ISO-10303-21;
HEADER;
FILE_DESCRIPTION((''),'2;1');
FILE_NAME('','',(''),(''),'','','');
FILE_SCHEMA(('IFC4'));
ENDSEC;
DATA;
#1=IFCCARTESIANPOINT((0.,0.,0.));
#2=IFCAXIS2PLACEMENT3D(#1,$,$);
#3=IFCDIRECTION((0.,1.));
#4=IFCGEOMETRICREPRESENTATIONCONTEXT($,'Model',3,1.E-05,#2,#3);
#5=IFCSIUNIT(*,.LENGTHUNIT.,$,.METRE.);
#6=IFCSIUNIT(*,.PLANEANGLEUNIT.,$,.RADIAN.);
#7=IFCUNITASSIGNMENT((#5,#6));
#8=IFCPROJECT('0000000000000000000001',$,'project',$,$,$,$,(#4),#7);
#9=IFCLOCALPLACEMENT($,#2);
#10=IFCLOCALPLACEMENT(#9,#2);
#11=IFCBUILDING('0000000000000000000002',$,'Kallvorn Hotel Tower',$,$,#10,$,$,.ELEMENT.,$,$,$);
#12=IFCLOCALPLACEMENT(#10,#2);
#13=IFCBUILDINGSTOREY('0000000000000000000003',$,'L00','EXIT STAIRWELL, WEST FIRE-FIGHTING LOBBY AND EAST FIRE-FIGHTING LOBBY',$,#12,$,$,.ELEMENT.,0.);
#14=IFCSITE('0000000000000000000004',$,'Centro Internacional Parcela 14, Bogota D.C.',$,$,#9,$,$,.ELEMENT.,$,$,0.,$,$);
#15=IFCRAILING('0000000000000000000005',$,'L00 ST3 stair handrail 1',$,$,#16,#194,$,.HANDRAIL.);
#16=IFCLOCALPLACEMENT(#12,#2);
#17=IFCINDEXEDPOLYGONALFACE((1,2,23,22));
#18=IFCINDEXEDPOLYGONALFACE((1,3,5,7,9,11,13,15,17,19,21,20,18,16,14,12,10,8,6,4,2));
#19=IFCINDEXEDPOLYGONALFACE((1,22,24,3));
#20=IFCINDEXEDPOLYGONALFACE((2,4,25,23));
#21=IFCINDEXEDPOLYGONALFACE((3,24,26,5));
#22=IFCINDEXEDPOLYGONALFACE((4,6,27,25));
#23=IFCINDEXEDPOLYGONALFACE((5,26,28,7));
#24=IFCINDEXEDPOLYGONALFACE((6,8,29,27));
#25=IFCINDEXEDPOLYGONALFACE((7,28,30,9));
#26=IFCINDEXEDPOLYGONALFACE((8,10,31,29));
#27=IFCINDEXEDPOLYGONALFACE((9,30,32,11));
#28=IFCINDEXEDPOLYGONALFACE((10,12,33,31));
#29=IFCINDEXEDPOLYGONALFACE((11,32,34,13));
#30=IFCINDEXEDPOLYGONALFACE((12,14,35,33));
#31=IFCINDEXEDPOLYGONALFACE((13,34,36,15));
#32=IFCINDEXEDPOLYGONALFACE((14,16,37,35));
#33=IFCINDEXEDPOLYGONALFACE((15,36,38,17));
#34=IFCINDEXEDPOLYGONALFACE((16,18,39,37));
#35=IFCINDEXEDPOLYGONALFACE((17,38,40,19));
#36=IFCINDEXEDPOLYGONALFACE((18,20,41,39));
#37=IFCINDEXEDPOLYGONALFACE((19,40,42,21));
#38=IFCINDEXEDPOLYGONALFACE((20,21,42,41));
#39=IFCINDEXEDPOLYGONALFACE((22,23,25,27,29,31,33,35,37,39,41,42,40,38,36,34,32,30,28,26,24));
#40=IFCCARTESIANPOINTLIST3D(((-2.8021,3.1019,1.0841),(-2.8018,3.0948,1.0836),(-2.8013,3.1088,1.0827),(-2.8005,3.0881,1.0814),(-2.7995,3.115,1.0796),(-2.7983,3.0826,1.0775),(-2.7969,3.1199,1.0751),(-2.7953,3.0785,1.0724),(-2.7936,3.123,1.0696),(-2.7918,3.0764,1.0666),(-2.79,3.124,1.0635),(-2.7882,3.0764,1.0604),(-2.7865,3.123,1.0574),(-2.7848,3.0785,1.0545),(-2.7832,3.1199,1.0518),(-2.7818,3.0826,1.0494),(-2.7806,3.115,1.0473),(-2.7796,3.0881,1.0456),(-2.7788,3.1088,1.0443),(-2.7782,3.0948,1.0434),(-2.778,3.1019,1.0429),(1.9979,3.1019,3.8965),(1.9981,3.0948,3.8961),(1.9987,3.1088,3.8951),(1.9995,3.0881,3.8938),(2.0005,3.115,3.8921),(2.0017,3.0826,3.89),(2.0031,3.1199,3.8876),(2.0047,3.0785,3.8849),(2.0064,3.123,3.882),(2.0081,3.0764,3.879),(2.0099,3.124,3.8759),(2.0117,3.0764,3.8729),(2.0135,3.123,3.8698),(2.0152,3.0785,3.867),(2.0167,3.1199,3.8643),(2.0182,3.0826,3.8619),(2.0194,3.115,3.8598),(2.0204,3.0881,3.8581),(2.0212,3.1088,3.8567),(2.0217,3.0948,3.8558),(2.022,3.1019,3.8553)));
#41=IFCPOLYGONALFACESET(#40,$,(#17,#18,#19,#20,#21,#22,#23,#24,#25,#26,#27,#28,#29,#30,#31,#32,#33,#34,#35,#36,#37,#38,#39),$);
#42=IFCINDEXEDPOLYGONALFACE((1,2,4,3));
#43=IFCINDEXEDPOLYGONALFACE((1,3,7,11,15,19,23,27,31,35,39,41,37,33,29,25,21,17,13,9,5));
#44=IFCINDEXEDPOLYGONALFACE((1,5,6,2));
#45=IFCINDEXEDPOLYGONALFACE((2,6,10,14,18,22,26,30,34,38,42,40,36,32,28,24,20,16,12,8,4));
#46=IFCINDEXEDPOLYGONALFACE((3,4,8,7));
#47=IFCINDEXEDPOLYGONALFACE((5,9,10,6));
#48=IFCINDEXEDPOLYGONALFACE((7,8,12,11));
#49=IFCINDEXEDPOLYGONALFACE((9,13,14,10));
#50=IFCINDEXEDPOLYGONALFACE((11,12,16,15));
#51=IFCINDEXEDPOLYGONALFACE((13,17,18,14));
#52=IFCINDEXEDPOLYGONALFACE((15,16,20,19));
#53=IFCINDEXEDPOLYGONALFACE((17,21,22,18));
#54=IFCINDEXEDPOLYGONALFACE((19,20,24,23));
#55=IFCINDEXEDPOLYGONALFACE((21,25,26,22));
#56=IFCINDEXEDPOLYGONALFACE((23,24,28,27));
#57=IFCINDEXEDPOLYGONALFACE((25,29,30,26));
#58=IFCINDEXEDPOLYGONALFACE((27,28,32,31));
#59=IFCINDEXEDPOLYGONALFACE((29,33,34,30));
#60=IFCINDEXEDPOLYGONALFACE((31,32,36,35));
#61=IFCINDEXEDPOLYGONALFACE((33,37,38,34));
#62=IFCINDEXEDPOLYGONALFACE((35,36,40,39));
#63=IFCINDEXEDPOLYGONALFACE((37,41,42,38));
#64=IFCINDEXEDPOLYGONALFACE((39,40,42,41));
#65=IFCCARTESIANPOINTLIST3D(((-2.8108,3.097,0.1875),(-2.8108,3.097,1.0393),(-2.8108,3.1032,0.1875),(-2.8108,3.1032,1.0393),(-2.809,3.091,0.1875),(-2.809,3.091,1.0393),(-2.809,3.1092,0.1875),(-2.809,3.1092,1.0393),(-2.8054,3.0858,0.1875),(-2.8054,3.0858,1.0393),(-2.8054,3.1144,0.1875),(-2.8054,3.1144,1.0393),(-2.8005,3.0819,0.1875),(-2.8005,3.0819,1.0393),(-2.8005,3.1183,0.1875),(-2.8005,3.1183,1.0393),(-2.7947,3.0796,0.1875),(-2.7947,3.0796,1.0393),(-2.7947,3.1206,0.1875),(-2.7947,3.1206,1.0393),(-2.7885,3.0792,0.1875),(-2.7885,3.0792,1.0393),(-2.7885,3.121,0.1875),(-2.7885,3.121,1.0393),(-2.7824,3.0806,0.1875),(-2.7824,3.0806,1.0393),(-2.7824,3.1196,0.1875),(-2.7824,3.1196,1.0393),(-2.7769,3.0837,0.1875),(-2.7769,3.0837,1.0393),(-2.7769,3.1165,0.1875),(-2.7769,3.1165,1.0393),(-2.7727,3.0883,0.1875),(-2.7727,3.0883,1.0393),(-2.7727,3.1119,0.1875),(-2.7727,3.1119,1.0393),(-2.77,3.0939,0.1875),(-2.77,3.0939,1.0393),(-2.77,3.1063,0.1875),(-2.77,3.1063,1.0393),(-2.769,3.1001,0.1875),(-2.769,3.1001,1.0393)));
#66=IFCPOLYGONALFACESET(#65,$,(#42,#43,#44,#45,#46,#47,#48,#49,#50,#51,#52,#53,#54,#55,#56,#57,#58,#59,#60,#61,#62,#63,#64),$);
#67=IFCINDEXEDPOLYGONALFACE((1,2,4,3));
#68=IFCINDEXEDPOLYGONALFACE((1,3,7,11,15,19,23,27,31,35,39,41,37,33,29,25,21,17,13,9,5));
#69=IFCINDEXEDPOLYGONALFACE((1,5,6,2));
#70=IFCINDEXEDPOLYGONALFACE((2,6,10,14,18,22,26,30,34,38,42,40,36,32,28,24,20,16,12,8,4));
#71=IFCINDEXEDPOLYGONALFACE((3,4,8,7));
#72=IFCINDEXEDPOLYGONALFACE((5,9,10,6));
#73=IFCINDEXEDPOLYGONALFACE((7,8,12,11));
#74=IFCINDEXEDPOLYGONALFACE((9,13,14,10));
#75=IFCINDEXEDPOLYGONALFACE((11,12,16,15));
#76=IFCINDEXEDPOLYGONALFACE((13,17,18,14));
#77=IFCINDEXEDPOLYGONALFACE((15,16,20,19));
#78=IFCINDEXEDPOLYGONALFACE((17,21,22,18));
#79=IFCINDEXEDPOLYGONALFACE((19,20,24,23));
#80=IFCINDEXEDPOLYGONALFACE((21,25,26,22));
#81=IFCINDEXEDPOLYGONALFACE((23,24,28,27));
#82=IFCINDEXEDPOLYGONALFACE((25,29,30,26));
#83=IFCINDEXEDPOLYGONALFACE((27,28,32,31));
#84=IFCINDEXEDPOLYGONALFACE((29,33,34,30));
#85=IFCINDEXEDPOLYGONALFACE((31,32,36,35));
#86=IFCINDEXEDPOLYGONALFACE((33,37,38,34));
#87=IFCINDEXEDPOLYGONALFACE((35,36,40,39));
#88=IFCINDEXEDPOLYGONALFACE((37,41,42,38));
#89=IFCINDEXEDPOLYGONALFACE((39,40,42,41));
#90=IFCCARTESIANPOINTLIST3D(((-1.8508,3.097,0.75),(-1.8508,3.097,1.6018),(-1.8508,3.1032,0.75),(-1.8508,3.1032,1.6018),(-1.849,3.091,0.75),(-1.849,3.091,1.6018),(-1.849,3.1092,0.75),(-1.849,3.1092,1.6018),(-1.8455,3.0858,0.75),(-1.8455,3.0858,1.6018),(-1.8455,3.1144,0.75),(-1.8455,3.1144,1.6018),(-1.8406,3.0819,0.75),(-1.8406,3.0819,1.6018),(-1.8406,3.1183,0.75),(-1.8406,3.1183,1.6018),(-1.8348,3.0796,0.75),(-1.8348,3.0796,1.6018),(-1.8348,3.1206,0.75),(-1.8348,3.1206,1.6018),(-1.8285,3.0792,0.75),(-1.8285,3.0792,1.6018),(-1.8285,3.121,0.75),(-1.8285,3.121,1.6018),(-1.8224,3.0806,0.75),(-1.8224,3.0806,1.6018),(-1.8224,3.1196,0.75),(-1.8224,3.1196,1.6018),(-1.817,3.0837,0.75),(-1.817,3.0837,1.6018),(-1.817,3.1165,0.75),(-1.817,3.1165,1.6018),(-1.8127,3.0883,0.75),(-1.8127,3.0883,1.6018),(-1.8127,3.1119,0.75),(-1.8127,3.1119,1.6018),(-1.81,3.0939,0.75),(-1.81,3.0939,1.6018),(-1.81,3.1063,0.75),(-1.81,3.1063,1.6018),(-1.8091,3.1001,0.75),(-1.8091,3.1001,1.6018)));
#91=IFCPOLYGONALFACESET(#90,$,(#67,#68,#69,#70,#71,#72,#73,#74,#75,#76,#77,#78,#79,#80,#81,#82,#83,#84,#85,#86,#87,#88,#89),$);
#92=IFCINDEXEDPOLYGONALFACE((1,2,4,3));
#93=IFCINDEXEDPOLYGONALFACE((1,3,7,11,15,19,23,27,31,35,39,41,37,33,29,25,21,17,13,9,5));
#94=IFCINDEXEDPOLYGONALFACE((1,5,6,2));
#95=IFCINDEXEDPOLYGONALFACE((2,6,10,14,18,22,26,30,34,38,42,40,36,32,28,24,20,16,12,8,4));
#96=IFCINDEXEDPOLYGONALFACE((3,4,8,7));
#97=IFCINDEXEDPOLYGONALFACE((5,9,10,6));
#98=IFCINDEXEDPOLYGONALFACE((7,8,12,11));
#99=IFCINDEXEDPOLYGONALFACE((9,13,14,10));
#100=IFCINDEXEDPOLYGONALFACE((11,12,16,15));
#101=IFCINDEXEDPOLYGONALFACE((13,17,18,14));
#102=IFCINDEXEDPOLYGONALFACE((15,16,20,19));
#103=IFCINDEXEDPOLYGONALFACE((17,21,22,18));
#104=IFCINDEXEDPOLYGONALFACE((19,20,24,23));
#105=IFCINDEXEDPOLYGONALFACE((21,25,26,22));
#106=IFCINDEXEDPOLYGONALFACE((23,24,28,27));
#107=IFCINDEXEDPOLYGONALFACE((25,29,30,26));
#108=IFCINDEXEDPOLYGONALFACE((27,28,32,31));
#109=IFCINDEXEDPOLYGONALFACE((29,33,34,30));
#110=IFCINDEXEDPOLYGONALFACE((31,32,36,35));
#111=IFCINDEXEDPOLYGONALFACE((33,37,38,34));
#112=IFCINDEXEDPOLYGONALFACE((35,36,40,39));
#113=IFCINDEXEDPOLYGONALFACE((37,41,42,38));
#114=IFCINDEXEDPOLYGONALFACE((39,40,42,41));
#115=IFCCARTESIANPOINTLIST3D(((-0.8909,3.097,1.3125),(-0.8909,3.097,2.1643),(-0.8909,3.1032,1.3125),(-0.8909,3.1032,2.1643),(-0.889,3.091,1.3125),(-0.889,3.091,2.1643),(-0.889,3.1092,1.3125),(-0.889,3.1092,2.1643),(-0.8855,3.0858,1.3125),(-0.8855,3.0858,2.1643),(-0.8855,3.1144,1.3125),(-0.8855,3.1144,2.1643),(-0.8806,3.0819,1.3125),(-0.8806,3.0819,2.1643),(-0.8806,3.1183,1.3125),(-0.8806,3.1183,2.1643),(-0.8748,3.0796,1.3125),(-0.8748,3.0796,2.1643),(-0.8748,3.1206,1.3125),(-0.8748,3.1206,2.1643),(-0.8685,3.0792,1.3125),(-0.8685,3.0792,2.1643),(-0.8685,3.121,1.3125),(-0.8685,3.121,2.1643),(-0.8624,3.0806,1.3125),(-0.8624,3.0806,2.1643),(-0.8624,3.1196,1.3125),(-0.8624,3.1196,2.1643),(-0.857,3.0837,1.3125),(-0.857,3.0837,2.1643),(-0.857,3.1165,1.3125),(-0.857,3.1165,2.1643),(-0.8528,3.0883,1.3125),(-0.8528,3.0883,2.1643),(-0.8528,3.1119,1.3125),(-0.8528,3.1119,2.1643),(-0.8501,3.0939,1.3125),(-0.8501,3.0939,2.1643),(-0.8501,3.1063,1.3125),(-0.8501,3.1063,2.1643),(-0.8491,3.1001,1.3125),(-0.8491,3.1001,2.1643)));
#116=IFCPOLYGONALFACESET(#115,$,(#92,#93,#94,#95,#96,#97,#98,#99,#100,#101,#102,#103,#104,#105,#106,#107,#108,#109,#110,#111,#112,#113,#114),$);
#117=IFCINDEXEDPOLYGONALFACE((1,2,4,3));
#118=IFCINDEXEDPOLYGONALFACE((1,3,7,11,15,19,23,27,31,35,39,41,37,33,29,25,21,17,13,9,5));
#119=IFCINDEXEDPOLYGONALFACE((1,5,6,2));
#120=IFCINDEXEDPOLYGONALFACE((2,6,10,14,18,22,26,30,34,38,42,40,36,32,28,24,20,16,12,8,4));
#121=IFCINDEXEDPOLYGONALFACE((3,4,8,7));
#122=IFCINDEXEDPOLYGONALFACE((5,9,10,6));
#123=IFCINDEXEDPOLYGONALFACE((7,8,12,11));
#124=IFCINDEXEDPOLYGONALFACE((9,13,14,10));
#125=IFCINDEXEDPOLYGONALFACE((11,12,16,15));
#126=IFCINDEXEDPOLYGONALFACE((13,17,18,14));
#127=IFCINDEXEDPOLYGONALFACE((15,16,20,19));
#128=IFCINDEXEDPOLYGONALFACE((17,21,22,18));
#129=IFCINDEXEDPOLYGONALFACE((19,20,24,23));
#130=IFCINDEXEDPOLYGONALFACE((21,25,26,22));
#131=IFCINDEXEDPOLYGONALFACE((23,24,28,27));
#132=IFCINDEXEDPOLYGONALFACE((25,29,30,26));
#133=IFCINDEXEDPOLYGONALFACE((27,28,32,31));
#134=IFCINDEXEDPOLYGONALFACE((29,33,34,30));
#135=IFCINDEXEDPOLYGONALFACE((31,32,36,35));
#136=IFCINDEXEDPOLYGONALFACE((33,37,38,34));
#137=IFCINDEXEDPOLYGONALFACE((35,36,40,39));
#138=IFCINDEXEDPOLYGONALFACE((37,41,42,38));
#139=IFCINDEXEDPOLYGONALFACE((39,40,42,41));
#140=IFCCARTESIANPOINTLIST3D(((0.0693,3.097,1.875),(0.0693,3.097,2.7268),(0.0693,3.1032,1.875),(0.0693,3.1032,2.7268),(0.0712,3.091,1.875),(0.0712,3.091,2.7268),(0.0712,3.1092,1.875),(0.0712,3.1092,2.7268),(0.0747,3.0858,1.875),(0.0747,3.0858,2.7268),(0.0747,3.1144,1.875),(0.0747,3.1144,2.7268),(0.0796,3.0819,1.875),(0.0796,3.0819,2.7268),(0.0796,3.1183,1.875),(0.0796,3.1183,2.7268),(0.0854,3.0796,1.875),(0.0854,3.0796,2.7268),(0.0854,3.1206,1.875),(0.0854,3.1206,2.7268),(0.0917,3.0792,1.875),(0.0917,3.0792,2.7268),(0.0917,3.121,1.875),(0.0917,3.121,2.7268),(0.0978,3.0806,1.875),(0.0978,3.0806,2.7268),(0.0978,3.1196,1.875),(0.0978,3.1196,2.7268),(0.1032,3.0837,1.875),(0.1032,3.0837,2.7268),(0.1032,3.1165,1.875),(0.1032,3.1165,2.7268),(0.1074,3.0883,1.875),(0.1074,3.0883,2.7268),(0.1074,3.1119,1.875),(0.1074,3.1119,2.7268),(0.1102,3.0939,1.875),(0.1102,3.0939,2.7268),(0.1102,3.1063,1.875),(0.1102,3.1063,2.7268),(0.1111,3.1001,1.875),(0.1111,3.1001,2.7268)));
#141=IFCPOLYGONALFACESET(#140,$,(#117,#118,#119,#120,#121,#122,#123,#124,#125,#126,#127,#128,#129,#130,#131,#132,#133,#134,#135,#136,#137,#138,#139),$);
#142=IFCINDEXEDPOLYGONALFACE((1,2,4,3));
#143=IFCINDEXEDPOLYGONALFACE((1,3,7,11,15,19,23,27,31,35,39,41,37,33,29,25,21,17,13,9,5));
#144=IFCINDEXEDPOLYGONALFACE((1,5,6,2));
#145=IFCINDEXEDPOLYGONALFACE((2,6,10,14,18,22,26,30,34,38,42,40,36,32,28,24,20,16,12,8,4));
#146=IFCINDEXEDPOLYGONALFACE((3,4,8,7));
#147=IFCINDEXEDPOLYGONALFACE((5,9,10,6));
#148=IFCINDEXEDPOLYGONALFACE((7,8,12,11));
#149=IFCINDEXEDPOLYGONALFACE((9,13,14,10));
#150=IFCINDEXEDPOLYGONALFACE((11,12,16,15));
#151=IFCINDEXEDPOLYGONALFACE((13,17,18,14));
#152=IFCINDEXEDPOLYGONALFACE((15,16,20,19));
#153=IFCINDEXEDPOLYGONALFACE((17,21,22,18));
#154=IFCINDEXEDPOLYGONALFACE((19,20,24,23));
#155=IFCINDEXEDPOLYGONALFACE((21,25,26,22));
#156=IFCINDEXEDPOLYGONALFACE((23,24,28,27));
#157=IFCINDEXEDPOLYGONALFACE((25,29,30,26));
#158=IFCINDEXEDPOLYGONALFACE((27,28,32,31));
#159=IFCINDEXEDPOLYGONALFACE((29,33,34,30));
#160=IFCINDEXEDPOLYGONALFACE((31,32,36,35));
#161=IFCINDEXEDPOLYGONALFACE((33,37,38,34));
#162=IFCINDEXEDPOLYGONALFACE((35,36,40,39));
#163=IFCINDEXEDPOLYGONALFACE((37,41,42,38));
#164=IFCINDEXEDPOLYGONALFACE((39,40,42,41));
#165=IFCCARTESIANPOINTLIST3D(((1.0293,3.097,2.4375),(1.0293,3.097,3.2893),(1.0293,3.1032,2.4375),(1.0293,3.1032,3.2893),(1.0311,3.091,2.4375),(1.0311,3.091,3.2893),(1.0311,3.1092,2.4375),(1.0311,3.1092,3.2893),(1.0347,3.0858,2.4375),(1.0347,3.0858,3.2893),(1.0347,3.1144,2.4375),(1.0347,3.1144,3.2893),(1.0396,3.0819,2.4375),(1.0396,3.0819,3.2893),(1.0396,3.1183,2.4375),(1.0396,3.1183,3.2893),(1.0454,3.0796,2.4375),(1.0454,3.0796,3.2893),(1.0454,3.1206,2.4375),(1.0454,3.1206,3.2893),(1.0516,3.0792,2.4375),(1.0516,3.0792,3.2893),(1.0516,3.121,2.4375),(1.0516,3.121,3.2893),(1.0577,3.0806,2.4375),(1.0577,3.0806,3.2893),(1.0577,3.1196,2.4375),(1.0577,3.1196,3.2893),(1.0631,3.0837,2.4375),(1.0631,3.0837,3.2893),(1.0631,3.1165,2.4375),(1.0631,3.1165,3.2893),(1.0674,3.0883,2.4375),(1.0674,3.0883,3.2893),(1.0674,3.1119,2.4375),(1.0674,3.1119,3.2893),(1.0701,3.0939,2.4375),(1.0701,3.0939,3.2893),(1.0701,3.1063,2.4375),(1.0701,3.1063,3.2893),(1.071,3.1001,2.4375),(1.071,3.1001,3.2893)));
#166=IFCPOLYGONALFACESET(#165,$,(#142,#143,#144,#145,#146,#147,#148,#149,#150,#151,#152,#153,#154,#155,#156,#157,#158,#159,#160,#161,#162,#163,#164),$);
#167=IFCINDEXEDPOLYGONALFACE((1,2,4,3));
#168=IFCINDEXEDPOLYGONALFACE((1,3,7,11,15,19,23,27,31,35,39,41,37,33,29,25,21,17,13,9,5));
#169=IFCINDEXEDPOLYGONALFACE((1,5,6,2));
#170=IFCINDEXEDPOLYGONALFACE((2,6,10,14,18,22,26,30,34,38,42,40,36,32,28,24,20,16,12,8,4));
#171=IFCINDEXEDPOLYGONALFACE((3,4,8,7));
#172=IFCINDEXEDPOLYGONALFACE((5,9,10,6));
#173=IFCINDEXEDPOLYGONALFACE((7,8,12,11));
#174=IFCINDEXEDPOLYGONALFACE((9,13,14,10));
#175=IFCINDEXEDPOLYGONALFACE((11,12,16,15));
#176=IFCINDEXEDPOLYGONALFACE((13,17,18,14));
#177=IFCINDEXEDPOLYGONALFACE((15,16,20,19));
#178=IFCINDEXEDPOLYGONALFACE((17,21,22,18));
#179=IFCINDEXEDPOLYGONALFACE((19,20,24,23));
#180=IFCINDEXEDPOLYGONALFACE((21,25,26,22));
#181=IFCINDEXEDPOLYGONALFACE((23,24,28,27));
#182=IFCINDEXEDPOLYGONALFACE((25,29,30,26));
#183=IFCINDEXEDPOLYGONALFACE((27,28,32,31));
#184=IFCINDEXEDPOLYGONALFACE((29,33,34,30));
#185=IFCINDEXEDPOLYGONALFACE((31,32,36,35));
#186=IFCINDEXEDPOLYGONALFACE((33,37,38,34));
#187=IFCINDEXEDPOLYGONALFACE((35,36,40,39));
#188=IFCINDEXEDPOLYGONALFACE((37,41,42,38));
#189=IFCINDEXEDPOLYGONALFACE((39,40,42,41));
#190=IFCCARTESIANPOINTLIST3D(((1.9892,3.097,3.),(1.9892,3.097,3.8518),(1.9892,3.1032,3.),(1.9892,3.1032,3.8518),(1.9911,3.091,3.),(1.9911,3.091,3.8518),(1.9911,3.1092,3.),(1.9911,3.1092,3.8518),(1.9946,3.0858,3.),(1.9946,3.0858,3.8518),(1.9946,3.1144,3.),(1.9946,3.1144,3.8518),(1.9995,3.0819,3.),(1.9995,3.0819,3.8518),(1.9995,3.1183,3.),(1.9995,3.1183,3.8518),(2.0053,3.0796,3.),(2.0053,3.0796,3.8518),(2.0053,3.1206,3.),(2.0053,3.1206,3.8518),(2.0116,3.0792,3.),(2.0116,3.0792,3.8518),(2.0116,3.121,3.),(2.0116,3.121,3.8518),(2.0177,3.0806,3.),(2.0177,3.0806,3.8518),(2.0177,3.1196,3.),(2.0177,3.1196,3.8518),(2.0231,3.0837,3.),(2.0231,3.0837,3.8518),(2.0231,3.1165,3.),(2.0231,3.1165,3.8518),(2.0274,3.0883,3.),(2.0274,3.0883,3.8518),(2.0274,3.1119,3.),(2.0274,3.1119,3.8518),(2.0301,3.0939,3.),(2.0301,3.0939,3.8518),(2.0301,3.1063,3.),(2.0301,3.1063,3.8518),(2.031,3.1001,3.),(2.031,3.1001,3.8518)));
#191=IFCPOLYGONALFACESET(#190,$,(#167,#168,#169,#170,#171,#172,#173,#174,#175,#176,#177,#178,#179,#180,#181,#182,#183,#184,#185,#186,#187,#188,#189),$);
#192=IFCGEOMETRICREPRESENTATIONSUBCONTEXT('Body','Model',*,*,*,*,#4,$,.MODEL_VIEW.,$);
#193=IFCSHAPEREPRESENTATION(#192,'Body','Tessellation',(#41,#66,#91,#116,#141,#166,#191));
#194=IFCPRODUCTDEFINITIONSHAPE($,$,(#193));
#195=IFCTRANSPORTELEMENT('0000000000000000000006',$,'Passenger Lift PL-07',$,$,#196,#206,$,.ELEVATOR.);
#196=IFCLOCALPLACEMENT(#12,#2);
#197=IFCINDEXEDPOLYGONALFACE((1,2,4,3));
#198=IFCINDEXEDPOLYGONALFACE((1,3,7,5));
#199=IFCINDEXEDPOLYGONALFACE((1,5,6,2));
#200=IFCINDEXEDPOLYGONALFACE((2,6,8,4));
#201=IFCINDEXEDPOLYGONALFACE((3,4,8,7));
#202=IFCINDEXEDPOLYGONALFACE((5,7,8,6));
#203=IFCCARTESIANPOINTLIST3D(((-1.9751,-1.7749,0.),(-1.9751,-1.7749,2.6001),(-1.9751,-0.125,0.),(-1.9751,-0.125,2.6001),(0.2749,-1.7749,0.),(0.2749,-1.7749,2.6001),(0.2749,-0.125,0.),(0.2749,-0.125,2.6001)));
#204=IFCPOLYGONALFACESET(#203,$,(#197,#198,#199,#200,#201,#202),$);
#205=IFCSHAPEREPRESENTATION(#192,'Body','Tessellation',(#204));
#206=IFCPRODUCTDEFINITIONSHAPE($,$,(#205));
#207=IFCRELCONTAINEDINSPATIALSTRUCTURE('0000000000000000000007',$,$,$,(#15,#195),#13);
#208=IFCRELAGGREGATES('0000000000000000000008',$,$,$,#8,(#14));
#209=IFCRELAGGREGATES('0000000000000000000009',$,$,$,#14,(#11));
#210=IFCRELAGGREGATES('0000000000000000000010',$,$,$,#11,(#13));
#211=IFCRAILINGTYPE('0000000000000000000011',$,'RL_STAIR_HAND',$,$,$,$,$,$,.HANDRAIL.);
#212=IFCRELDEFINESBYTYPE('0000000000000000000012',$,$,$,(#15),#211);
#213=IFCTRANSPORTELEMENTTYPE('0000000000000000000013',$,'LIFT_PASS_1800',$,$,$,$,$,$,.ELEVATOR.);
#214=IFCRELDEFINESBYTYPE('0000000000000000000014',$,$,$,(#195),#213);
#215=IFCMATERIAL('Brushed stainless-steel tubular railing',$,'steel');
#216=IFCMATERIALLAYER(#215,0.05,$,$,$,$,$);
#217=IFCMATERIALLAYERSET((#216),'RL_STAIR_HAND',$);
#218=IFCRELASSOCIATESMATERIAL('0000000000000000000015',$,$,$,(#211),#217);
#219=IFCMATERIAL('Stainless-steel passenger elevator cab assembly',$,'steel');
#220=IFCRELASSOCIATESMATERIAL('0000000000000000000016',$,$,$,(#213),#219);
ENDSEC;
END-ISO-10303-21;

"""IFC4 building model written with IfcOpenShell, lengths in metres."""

from ifc_helpers import new_model, si_unit, direction, frame, origin, origin_2d, place, context, subcontext, project, spatial, rectangle, circle, extrude, material, layer, layer_set, type_object, element, save


model = new_model("IFC4")

# Units and contexts
model_context = context("Model", 3, precision=1e-05, world=origin(), true_north=direction((0.0, 1.0)))
body_context = subcontext(model_context, "Body", "Model", "MODEL_VIEW")
ifc_project = project(units=[si_unit("LENGTHUNIT", "METRE"), si_unit("PLANEANGLEUNIT", "RADIAN")], contexts=[model_context])

# Site, building, storey
site_placement = place(None, origin())
site = spatial("IfcSite", under=ifc_project, at=site_placement, Name="Centro Internacional Parcela 14, Bogota D.C.", CompositionType="ELEMENT", RefElevation=0.0)
building_placement = place(site_placement, origin())
building = spatial("IfcBuilding", under=site, at=building_placement, Name="Kallvorn Hotel Tower", CompositionType="ELEMENT")
storey_placement = place(building_placement, origin())
storey = spatial("IfcBuildingStorey", under=building, at=storey_placement, Name="L00", Description="EXIT STAIRWELL, WEST FIRE-FIGHTING LOBBY AND EAST FIRE-FIGHTING LOBBY", CompositionType="ELEMENT", Elevation=0.0)

# Railing
ifc_material_1 = material(Name="Brushed stainless-steel tubular railing", Category="steel")
ifc_layer_1 = layer(ifc_material_1, 0.05)
ifc_layer_set_1 = layer_set([ifc_layer_1], Name="RL_STAIR_HAND")
railing_type_1 = type_object("IfcRailingType", Name="RL_STAIR_HAND", PredefinedType="HANDRAIL", material=ifc_layer_set_1)
railing_1_placement = place(storey_placement, frame((-2.79, 3.1001, 0.1875)))
element("IfcRailing", 1, at=railing_1_placement, inside=storey, type_object=railing_type_1, Name="L00 ST3 stair handrail 1", PredefinedType="HANDRAIL", context=body_context, shape_type="SweptSolid", body=[
    extrude(circle(Radius=0.0239, at=origin_2d()), frame((0.0, 0.0, 0.876), z_axis=(0.862802, 0.0, 0.505543), x_axis=(0.0, 1.0, 0.0)), (0.0, 0.0, 1.0), 5.5632),
    extrude(circle(Radius=0.021, at=origin_2d()), origin(), (0.0, 0.0, 1.0), 0.8518),
    extrude(circle(Radius=0.021, at=origin_2d()), frame((0.96, 0.0, 0.5625)), (0.0, 0.0, 1.0), 0.8518),
    extrude(circle(Radius=0.021, at=origin_2d()), frame((1.9199, 0.0, 1.125)), (0.0, 0.0, 1.0), 0.8518),
    extrude(circle(Radius=0.021, at=origin_2d()), frame((2.8801, 0.0, 1.6875)), (0.0, 0.0, 1.0), 0.8518),
    extrude(circle(Radius=0.021, at=origin_2d()), frame((3.8401, 0.0, 2.25)), (0.0, 0.0, 1.0), 0.8518),
    extrude(circle(Radius=0.021, at=origin_2d()), frame((4.8, 0.0, 2.8125)), (0.0, 0.0, 1.0), 0.8518),
])

# Transport element
ifc_material_2 = material(Name="Stainless-steel passenger elevator cab assembly", Category="steel")
transport_element_type = type_object("IfcTransportElementType", Name="LIFT_PASS_1800", PredefinedType="ELEVATOR", material=ifc_material_2)
for number, where, z_axis, x_axis, name in (
    (2, (-0.8501, -0.95, 0.0), (0.0, 0.0, 1.0), (1.0, 0.0, 0.0), "Passenger Lift PL-07"),
):
    element("IfcTransportElement", number, at=place(storey_placement, frame(where, z_axis=z_axis, x_axis=x_axis)), inside=storey, type_object=transport_element_type, Name=name, PredefinedType="ELEVATOR", context=body_context, shape_type="SweptSolid", body=[
        extrude(rectangle(XDim=2.25, YDim=1.6499, at=origin_2d()), origin(), (0.0, 0.0, 1.0), 2.6001),
    ])

save(model, "model.ifc")
